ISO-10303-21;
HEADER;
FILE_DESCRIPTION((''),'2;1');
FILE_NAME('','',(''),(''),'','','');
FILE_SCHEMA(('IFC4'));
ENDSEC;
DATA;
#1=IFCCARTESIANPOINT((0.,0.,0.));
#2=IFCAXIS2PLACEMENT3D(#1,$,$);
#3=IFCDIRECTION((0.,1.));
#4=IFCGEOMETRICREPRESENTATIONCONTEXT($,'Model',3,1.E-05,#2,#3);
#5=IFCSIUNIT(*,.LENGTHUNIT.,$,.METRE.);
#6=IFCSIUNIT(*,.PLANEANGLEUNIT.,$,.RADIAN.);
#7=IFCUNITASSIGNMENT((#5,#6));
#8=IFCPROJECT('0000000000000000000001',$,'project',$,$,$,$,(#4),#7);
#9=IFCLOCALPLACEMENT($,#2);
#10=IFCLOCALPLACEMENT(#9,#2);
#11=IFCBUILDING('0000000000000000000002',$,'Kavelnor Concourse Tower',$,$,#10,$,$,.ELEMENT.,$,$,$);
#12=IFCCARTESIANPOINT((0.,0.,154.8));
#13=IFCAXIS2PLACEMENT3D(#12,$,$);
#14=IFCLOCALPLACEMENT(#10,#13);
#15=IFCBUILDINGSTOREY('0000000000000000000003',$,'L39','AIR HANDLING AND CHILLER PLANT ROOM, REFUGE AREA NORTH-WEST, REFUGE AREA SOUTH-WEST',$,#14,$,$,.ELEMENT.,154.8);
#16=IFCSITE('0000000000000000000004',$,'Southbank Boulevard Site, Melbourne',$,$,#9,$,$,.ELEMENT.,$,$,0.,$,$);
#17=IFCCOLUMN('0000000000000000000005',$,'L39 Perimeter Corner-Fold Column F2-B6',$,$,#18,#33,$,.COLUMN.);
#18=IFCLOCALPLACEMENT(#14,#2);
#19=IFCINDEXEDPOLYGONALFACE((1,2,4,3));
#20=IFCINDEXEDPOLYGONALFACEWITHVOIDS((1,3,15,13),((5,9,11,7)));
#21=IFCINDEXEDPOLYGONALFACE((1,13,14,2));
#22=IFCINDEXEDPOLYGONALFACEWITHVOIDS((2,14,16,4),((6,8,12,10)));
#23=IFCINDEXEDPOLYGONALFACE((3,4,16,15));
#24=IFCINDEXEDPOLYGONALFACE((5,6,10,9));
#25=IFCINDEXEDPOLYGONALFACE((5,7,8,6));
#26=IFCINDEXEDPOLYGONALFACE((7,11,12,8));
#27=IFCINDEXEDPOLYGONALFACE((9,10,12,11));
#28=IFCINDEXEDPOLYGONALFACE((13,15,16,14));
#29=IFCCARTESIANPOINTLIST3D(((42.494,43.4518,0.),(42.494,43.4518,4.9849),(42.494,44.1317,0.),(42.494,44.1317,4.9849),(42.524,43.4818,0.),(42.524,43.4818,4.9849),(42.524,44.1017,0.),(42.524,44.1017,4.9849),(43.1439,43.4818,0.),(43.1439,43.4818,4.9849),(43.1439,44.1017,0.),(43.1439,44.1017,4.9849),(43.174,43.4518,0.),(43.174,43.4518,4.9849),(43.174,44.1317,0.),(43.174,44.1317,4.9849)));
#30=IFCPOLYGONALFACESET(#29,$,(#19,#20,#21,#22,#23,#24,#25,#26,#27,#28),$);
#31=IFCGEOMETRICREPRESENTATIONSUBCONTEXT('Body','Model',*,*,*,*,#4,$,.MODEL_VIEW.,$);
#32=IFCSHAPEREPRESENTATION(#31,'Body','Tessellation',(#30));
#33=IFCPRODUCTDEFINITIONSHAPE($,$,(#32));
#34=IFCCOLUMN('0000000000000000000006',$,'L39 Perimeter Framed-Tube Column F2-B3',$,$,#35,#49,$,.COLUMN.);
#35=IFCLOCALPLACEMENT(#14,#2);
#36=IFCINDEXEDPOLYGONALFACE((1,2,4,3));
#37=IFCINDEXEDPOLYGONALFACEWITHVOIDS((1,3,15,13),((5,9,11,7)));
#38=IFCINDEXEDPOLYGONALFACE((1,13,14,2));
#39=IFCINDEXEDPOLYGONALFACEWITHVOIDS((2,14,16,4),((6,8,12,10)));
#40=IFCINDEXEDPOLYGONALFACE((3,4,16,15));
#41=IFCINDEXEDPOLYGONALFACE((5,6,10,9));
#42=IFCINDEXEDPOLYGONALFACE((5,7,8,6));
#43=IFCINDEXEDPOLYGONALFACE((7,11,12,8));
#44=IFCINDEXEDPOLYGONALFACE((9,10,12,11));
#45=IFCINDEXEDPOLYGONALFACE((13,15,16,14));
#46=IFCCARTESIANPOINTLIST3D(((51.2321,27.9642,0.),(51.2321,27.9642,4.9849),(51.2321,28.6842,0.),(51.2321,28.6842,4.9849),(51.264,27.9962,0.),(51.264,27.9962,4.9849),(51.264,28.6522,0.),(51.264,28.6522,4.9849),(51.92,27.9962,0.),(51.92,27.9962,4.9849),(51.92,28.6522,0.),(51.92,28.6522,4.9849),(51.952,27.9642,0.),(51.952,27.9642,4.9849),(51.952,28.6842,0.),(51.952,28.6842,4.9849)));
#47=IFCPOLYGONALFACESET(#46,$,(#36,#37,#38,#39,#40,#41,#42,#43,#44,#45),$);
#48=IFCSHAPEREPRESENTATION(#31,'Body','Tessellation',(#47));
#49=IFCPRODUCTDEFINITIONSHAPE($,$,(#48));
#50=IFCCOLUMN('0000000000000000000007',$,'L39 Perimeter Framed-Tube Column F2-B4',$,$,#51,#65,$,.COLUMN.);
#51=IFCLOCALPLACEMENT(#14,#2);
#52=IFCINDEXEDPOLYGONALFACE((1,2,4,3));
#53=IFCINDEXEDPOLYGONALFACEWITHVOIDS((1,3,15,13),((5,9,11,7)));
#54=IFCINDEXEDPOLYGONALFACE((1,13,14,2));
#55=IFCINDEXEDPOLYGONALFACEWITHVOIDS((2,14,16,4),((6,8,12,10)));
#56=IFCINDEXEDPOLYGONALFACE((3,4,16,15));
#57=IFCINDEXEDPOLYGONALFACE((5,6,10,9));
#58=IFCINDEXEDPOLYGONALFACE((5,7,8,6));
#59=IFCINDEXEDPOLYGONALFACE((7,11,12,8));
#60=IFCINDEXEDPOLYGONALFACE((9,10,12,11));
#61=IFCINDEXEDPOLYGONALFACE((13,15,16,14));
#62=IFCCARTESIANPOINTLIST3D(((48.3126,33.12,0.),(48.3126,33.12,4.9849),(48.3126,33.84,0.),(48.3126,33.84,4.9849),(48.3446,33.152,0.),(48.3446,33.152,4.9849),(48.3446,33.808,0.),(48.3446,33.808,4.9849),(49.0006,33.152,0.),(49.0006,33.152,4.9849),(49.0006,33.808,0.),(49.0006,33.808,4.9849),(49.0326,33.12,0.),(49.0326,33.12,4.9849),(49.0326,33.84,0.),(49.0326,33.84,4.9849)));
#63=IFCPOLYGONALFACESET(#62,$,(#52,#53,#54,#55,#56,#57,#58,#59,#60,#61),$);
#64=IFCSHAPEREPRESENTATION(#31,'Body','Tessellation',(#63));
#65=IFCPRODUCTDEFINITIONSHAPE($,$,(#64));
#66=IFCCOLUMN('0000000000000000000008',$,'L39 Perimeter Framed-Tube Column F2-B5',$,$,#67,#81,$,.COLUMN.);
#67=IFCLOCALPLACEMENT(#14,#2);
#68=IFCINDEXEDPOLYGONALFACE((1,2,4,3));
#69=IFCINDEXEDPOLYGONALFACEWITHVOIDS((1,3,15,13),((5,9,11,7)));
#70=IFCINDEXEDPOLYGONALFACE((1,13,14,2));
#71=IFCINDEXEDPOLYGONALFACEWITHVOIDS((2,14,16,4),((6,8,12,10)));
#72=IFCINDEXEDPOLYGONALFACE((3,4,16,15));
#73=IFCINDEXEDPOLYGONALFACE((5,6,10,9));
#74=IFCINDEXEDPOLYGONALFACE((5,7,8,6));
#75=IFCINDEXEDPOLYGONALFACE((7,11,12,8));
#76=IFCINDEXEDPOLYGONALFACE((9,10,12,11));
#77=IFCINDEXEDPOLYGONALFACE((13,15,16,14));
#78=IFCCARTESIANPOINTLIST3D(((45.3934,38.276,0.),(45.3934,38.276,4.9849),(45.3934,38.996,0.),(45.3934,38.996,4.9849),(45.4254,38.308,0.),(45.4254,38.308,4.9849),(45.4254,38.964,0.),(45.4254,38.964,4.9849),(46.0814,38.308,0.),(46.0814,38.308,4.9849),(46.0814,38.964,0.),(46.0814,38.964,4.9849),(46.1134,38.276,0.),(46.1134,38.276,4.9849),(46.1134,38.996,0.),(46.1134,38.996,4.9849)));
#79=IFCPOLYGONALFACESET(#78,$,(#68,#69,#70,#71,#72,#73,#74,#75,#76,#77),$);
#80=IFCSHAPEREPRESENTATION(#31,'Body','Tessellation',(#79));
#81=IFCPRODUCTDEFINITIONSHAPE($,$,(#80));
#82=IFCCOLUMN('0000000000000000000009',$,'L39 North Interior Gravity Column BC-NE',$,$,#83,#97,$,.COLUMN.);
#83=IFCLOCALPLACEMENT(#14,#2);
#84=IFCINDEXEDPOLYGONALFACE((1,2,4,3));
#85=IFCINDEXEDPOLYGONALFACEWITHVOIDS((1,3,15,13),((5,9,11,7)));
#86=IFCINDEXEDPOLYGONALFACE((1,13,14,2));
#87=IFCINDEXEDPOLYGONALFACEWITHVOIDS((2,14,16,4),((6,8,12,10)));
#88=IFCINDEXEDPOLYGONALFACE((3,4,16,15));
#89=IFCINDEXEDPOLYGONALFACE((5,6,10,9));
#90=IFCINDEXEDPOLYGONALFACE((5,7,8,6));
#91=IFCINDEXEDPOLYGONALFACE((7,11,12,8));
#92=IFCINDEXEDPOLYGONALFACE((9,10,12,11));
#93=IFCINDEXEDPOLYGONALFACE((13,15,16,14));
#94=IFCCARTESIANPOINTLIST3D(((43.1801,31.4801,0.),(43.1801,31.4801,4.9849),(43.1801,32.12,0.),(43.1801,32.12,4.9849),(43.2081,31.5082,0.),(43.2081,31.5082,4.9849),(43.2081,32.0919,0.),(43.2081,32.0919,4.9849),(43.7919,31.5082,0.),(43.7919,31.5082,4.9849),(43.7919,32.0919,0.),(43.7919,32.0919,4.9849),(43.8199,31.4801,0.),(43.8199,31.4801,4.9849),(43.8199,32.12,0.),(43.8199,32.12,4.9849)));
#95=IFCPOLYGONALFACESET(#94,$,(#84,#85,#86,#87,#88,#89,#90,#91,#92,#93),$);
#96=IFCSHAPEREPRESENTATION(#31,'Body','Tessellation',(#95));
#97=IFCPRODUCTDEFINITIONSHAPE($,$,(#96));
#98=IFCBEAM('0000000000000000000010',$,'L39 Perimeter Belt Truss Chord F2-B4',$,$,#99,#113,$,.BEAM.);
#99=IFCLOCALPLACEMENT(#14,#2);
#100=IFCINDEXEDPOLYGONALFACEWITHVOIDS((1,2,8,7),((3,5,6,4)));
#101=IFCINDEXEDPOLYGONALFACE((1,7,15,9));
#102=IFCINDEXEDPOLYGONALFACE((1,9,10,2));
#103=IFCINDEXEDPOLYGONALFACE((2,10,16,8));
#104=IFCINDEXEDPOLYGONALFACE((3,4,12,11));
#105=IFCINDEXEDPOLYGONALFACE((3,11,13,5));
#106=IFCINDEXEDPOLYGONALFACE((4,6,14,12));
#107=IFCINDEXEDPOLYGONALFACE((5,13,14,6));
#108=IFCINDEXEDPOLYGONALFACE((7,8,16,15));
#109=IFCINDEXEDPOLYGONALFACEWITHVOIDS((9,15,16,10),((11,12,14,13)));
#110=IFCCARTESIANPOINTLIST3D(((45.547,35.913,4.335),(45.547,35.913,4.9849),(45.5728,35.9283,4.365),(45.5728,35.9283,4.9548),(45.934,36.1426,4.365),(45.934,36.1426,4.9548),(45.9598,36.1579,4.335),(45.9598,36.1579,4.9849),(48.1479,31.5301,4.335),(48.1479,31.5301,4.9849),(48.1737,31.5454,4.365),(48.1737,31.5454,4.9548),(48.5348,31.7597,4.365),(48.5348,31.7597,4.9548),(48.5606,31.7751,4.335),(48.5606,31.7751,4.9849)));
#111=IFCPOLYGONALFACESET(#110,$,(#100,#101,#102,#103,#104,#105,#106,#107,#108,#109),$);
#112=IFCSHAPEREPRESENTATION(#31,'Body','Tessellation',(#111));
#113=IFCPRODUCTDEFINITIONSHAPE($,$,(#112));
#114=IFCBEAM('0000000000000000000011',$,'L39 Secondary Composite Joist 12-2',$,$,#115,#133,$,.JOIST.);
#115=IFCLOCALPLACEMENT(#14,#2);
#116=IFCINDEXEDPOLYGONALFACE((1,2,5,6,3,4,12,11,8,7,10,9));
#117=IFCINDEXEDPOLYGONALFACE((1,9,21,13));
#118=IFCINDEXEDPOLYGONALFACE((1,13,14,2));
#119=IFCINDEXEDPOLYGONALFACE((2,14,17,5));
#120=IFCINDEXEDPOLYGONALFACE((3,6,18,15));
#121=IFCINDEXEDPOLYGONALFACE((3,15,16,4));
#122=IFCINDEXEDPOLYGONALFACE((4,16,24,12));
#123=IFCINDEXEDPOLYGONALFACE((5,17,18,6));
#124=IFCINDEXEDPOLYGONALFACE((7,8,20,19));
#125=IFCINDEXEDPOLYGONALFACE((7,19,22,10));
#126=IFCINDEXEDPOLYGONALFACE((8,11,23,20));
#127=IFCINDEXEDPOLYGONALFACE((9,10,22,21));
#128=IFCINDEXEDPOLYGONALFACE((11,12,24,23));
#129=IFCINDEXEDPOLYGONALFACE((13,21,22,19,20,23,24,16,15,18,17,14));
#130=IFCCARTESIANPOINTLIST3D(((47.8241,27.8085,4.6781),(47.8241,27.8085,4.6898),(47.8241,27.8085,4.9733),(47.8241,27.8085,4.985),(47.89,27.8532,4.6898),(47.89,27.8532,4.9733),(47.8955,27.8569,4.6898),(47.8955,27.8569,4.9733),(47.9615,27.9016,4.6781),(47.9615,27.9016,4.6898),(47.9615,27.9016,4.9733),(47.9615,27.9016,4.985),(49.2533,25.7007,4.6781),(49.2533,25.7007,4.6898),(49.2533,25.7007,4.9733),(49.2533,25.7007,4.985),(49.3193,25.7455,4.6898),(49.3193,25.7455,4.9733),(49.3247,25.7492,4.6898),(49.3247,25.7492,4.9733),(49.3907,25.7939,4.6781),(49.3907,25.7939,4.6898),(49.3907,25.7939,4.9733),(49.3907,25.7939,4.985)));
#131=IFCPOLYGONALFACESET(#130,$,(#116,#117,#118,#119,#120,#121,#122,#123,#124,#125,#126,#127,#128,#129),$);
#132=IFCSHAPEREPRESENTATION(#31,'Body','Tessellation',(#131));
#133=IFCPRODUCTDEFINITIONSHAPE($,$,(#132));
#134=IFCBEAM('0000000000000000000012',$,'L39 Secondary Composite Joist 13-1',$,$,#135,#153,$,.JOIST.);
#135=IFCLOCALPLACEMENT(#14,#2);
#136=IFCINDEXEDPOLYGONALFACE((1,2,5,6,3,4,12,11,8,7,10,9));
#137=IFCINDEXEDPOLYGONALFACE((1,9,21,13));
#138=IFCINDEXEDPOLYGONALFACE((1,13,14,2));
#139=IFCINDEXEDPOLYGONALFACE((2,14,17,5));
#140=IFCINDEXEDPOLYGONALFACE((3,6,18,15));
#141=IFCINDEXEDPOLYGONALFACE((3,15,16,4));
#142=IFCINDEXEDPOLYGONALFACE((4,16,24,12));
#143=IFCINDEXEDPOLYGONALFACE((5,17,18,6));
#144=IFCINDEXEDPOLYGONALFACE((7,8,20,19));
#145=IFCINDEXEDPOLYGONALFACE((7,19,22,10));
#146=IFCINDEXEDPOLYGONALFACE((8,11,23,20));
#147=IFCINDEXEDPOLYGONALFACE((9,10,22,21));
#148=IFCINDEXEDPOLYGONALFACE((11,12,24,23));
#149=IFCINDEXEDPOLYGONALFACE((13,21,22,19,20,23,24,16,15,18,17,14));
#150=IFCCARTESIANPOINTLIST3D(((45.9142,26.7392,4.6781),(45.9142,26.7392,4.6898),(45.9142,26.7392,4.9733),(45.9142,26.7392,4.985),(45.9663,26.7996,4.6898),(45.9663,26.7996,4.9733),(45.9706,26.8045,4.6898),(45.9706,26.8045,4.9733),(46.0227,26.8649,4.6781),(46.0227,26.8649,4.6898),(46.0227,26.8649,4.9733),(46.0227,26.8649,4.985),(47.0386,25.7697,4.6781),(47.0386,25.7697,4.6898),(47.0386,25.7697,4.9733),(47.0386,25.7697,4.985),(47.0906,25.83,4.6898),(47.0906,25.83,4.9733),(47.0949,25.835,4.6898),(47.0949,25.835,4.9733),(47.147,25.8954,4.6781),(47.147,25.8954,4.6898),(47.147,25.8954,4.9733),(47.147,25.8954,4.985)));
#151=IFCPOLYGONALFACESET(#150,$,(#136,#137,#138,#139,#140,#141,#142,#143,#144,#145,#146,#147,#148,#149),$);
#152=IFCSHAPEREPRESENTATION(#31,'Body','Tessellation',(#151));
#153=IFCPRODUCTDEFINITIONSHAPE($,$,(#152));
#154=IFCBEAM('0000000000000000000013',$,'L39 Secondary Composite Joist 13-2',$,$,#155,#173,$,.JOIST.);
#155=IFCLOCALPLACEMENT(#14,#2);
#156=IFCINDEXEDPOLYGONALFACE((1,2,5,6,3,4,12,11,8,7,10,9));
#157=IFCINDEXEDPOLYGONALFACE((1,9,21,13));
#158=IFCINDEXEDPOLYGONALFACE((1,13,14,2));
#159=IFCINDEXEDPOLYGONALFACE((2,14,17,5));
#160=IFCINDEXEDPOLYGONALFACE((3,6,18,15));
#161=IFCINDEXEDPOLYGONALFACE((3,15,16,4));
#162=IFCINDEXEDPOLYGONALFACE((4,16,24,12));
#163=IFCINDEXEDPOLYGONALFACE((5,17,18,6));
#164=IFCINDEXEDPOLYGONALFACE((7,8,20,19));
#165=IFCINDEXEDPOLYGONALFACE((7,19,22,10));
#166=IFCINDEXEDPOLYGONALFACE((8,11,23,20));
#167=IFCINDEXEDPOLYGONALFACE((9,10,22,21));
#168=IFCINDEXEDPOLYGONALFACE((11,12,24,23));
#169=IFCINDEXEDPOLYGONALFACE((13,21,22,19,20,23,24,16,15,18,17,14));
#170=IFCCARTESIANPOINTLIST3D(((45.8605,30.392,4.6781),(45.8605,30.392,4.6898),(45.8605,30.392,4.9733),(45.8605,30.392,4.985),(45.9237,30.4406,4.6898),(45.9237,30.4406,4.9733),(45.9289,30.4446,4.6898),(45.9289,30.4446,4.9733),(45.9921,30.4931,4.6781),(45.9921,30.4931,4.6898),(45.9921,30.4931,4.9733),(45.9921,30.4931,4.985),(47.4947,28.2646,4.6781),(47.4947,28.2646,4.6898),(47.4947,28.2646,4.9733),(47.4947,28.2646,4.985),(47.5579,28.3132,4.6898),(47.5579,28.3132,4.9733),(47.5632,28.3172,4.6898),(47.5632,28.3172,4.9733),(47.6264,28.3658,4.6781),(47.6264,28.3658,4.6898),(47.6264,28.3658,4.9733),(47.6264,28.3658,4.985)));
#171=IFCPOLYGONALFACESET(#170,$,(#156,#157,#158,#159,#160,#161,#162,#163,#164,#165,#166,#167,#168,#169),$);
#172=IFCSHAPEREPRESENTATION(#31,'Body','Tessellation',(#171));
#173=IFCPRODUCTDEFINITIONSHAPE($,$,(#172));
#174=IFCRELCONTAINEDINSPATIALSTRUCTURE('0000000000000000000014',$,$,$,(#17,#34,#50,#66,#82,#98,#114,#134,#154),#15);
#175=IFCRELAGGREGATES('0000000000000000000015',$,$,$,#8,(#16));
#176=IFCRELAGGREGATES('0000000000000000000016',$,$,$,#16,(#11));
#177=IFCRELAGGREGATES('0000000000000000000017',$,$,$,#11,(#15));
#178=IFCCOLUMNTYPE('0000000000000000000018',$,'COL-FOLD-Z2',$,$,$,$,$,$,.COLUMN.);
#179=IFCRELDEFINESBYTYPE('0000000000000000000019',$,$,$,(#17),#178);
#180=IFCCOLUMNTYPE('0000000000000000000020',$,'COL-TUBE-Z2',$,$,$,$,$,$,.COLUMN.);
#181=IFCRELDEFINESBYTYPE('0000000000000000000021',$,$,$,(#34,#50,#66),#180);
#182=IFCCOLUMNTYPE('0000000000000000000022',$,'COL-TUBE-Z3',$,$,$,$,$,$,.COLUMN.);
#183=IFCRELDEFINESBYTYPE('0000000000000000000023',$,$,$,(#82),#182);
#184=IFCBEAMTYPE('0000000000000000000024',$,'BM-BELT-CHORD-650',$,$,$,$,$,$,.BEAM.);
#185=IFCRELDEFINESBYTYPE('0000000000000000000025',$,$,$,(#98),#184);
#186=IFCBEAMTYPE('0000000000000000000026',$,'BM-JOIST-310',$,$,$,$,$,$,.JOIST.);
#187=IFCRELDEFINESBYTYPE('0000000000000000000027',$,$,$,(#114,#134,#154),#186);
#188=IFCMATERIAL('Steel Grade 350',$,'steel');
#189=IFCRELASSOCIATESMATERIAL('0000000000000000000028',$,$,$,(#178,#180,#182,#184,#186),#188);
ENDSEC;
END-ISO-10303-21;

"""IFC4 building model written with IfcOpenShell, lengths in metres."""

from ifc_helpers import new_model, si_unit, direction, frame, origin, origin_2d, place, context, subcontext, project, spatial, hollow_rectangle, i_section, extrude, material, material_profile, profile_set, type_object, element, save


model = new_model("IFC4")

# Units and contexts
model_context = context("Model", 3, precision=1e-05, world=origin(), true_north=direction((0.0, 1.0)))
body_context = subcontext(model_context, "Body", "Model", "MODEL_VIEW")
ifc_project = project(units=[si_unit("LENGTHUNIT", "METRE"), si_unit("PLANEANGLEUNIT", "RADIAN")], contexts=[model_context])

# Site, building, storey
site_placement = place(None, origin())
site = spatial("IfcSite", under=ifc_project, at=site_placement, Name="Southbank Boulevard Site, Melbourne", CompositionType="ELEMENT", RefElevation=0.0)
building_placement = place(site_placement, origin())
building = spatial("IfcBuilding", under=site, at=building_placement, Name="Kavelnor Concourse Tower", CompositionType="ELEMENT")
storey_placement = place(building_placement, frame((0.0, 0.0, 154.8)))
storey = spatial("IfcBuildingStorey", under=building, at=storey_placement, Name="L39", Description="AIR HANDLING AND CHILLER PLANT ROOM, REFUGE AREA NORTH-WEST, REFUGE AREA SOUTH-WEST", CompositionType="ELEMENT", Elevation=154.8)

# Columns
ifc_material_1 = material(Name="Steel Grade 350", Category="steel")
ifc_material_profile_1 = material_profile(ifc_material_1, hollow_rectangle(XDim=0.6799, YDim=0.6799, WallThickness=0.03, at=origin_2d()), Name="SHS 680x680x30")
ifc_profile_set_1 = profile_set([ifc_material_profile_1], Name="Steel Grade 350")
column_type_1 = type_object("IfcColumnType", Name="COL-FOLD-Z2", PredefinedType="COLUMN", material=ifc_profile_set_1)
column_1_placement = place(storey_placement, frame((42.834, 43.7917, 0.0), z_axis=(0.0, 0.0, 1.0), x_axis=(1.0, 0.0, 0.0)))
element("IfcColumn", 1, at=column_1_placement, inside=storey, type_object=column_type_1, Name="L39 Perimeter Corner-Fold Column F2-B6", PredefinedType="COLUMN", context=body_context, shape_type="SweptSolid", body=[
    extrude(hollow_rectangle(XDim=0.6799, YDim=0.6799, WallThickness=0.03, at=origin_2d()), origin(), (0.0, 0.0, 1.0), 4.9849),
])
ifc_material_profile_2 = material_profile(ifc_material_1, hollow_rectangle(XDim=0.72, YDim=0.72, WallThickness=0.032, at=origin_2d()), Name="SHS 720x720x32")
ifc_profile_set_2 = profile_set([ifc_material_profile_2], Name="Steel Grade 350")
column_type_2 = type_object("IfcColumnType", Name="COL-TUBE-Z2", PredefinedType="COLUMN", material=ifc_profile_set_2)
for number, where, z_axis, x_axis, name in (
    (2, (51.592, 28.3242, 0.0), (0.0, 0.0, 1.0), (1.0, 0.0, 0.0), "L39 Perimeter Framed-Tube Column F2-B3"),
    (3, (48.6726, 33.48, 0.0), (0.0, 0.0, 1.0), (1.0, 0.0, 0.0), "L39 Perimeter Framed-Tube Column F2-B4"),
    (4, (45.7534, 38.636, 0.0), (0.0, 0.0, 1.0), (1.0, 0.0, 0.0), "L39 Perimeter Framed-Tube Column F2-B5"),
):
    element("IfcColumn", number, at=place(storey_placement, frame(where, z_axis=z_axis, x_axis=x_axis)), inside=storey, type_object=column_type_2, Name=name, PredefinedType="COLUMN", context=body_context, shape_type="SweptSolid", body=[
        extrude(hollow_rectangle(XDim=0.72, YDim=0.72, WallThickness=0.032, at=origin_2d()), origin(), (0.0, 0.0, 1.0), 4.9849),
    ])
ifc_material_profile_3 = material_profile(ifc_material_1, hollow_rectangle(XDim=0.6399, YDim=0.6399, WallThickness=0.0281, at=origin_2d()), Name="SHS 640x640x28")
ifc_profile_set_3 = profile_set([ifc_material_profile_3], Name="Steel Grade 350")
column_type_3 = type_object("IfcColumnType", Name="COL-TUBE-Z3", PredefinedType="COLUMN", material=ifc_profile_set_3)
column_2_placement = place(storey_placement, frame((43.5, 31.8, 0.0), z_axis=(0.0, 0.0, 1.0), x_axis=(1.0, 0.0, 0.0)))
element("IfcColumn", 5, at=column_2_placement, inside=storey, type_object=column_type_3, Name="L39 North Interior Gravity Column BC-NE", PredefinedType="COLUMN", context=body_context, shape_type="SweptSolid", body=[
    extrude(hollow_rectangle(XDim=0.6399, YDim=0.6399, WallThickness=0.0281, at=origin_2d()), origin(), (0.0, 0.0, 1.0), 4.9849),
])

# Beams
ifc_material_profile_4 = material_profile(ifc_material_1, hollow_rectangle(XDim=0.48, YDim=0.6499, WallThickness=0.03, at=origin_2d()), Name="RHS 650x480x30")
ifc_profile_set_4 = profile_set([ifc_material_profile_4], Name="Steel Grade 350")
beam_type_1 = type_object("IfcBeamType", Name="BM-BELT-CHORD-650", PredefinedType="BEAM", material=ifc_profile_set_4)
beam_1_placement = place(storey_placement, frame((48.3542, 31.6526, 4.6599), z_axis=(-0.510326, 0.859981, 0.0), x_axis=(-0.859981, -0.510326, 0.0)))
element("IfcBeam", 6, at=beam_1_placement, inside=storey, type_object=beam_type_1, Name="L39 Perimeter Belt Truss Chord F2-B4", PredefinedType="BEAM", context=body_context, shape_type="SweptSolid", body=[
    extrude(hollow_rectangle(XDim=0.48, YDim=0.6499, WallThickness=0.03, at=origin_2d()), origin(), (0.0, 0.0, 1.0), 5.0964),
])
ifc_material_profile_5 = material_profile(ifc_material_1, i_section(OverallWidth=0.166, OverallDepth=0.3069, WebThickness=0.0066, FlangeThickness=0.0117, at=origin_2d()), Name="310UB46")
ifc_profile_set_5 = profile_set([ifc_material_profile_5], Name="Steel Grade 350")
beam_type_2 = type_object("IfcBeamType", Name="BM-JOIST-310", PredefinedType="JOIST", material=ifc_profile_set_5)
beam_2_placement = place(storey_placement, frame((49.322, 25.7473, 4.8315), z_axis=(-0.561232, 0.827659, 0.0), x_axis=(-0.827659, -0.561232, 0.0)))
element("IfcBeam", 7, at=beam_2_placement, inside=storey, type_object=beam_type_2, Name="L39 Secondary Composite Joist 12-2", PredefinedType="JOIST", context=body_context, shape_type="SweptSolid", body=[
    extrude(i_section(OverallWidth=0.166, OverallDepth=0.3069, WebThickness=0.0066, FlangeThickness=0.0117, at=origin_2d()), origin(), (0.0, 0.0, 1.0), 2.5466),
])
beam_3_placement = place(storey_placement, frame((47.0928, 25.8325, 4.8315), z_axis=(-0.757315, 0.65305, 0.0), x_axis=(-0.65305, -0.757315, 0.0)))
element("IfcBeam", 8, at=beam_3_placement, inside=storey, type_object=beam_type_2, Name="L39 Secondary Composite Joist 13-1", PredefinedType="JOIST", context=body_context, shape_type="SweptSolid", body=[
    extrude(i_section(OverallWidth=0.166, OverallDepth=0.3069, WebThickness=0.0066, FlangeThickness=0.0117, at=origin_2d()), origin(), (0.0, 0.0, 1.0), 1.4846),
])
beam_4_placement = place(storey_placement, frame((47.5605, 28.3152, 4.8315), z_axis=(-0.609192, 0.793023, 0.0), x_axis=(-0.793023, -0.609192, 0.0)))
element("IfcBeam", 9, at=beam_4_placement, inside=storey, type_object=beam_type_2, Name="L39 Secondary Composite Joist 13-2", PredefinedType="JOIST", context=body_context, shape_type="SweptSolid", body=[
    extrude(i_section(OverallWidth=0.166, OverallDepth=0.3069, WebThickness=0.0066, FlangeThickness=0.0117, at=origin_2d()), origin(), (0.0, 0.0, 1.0), 2.6826),
])

save(model, "model.ifc")
